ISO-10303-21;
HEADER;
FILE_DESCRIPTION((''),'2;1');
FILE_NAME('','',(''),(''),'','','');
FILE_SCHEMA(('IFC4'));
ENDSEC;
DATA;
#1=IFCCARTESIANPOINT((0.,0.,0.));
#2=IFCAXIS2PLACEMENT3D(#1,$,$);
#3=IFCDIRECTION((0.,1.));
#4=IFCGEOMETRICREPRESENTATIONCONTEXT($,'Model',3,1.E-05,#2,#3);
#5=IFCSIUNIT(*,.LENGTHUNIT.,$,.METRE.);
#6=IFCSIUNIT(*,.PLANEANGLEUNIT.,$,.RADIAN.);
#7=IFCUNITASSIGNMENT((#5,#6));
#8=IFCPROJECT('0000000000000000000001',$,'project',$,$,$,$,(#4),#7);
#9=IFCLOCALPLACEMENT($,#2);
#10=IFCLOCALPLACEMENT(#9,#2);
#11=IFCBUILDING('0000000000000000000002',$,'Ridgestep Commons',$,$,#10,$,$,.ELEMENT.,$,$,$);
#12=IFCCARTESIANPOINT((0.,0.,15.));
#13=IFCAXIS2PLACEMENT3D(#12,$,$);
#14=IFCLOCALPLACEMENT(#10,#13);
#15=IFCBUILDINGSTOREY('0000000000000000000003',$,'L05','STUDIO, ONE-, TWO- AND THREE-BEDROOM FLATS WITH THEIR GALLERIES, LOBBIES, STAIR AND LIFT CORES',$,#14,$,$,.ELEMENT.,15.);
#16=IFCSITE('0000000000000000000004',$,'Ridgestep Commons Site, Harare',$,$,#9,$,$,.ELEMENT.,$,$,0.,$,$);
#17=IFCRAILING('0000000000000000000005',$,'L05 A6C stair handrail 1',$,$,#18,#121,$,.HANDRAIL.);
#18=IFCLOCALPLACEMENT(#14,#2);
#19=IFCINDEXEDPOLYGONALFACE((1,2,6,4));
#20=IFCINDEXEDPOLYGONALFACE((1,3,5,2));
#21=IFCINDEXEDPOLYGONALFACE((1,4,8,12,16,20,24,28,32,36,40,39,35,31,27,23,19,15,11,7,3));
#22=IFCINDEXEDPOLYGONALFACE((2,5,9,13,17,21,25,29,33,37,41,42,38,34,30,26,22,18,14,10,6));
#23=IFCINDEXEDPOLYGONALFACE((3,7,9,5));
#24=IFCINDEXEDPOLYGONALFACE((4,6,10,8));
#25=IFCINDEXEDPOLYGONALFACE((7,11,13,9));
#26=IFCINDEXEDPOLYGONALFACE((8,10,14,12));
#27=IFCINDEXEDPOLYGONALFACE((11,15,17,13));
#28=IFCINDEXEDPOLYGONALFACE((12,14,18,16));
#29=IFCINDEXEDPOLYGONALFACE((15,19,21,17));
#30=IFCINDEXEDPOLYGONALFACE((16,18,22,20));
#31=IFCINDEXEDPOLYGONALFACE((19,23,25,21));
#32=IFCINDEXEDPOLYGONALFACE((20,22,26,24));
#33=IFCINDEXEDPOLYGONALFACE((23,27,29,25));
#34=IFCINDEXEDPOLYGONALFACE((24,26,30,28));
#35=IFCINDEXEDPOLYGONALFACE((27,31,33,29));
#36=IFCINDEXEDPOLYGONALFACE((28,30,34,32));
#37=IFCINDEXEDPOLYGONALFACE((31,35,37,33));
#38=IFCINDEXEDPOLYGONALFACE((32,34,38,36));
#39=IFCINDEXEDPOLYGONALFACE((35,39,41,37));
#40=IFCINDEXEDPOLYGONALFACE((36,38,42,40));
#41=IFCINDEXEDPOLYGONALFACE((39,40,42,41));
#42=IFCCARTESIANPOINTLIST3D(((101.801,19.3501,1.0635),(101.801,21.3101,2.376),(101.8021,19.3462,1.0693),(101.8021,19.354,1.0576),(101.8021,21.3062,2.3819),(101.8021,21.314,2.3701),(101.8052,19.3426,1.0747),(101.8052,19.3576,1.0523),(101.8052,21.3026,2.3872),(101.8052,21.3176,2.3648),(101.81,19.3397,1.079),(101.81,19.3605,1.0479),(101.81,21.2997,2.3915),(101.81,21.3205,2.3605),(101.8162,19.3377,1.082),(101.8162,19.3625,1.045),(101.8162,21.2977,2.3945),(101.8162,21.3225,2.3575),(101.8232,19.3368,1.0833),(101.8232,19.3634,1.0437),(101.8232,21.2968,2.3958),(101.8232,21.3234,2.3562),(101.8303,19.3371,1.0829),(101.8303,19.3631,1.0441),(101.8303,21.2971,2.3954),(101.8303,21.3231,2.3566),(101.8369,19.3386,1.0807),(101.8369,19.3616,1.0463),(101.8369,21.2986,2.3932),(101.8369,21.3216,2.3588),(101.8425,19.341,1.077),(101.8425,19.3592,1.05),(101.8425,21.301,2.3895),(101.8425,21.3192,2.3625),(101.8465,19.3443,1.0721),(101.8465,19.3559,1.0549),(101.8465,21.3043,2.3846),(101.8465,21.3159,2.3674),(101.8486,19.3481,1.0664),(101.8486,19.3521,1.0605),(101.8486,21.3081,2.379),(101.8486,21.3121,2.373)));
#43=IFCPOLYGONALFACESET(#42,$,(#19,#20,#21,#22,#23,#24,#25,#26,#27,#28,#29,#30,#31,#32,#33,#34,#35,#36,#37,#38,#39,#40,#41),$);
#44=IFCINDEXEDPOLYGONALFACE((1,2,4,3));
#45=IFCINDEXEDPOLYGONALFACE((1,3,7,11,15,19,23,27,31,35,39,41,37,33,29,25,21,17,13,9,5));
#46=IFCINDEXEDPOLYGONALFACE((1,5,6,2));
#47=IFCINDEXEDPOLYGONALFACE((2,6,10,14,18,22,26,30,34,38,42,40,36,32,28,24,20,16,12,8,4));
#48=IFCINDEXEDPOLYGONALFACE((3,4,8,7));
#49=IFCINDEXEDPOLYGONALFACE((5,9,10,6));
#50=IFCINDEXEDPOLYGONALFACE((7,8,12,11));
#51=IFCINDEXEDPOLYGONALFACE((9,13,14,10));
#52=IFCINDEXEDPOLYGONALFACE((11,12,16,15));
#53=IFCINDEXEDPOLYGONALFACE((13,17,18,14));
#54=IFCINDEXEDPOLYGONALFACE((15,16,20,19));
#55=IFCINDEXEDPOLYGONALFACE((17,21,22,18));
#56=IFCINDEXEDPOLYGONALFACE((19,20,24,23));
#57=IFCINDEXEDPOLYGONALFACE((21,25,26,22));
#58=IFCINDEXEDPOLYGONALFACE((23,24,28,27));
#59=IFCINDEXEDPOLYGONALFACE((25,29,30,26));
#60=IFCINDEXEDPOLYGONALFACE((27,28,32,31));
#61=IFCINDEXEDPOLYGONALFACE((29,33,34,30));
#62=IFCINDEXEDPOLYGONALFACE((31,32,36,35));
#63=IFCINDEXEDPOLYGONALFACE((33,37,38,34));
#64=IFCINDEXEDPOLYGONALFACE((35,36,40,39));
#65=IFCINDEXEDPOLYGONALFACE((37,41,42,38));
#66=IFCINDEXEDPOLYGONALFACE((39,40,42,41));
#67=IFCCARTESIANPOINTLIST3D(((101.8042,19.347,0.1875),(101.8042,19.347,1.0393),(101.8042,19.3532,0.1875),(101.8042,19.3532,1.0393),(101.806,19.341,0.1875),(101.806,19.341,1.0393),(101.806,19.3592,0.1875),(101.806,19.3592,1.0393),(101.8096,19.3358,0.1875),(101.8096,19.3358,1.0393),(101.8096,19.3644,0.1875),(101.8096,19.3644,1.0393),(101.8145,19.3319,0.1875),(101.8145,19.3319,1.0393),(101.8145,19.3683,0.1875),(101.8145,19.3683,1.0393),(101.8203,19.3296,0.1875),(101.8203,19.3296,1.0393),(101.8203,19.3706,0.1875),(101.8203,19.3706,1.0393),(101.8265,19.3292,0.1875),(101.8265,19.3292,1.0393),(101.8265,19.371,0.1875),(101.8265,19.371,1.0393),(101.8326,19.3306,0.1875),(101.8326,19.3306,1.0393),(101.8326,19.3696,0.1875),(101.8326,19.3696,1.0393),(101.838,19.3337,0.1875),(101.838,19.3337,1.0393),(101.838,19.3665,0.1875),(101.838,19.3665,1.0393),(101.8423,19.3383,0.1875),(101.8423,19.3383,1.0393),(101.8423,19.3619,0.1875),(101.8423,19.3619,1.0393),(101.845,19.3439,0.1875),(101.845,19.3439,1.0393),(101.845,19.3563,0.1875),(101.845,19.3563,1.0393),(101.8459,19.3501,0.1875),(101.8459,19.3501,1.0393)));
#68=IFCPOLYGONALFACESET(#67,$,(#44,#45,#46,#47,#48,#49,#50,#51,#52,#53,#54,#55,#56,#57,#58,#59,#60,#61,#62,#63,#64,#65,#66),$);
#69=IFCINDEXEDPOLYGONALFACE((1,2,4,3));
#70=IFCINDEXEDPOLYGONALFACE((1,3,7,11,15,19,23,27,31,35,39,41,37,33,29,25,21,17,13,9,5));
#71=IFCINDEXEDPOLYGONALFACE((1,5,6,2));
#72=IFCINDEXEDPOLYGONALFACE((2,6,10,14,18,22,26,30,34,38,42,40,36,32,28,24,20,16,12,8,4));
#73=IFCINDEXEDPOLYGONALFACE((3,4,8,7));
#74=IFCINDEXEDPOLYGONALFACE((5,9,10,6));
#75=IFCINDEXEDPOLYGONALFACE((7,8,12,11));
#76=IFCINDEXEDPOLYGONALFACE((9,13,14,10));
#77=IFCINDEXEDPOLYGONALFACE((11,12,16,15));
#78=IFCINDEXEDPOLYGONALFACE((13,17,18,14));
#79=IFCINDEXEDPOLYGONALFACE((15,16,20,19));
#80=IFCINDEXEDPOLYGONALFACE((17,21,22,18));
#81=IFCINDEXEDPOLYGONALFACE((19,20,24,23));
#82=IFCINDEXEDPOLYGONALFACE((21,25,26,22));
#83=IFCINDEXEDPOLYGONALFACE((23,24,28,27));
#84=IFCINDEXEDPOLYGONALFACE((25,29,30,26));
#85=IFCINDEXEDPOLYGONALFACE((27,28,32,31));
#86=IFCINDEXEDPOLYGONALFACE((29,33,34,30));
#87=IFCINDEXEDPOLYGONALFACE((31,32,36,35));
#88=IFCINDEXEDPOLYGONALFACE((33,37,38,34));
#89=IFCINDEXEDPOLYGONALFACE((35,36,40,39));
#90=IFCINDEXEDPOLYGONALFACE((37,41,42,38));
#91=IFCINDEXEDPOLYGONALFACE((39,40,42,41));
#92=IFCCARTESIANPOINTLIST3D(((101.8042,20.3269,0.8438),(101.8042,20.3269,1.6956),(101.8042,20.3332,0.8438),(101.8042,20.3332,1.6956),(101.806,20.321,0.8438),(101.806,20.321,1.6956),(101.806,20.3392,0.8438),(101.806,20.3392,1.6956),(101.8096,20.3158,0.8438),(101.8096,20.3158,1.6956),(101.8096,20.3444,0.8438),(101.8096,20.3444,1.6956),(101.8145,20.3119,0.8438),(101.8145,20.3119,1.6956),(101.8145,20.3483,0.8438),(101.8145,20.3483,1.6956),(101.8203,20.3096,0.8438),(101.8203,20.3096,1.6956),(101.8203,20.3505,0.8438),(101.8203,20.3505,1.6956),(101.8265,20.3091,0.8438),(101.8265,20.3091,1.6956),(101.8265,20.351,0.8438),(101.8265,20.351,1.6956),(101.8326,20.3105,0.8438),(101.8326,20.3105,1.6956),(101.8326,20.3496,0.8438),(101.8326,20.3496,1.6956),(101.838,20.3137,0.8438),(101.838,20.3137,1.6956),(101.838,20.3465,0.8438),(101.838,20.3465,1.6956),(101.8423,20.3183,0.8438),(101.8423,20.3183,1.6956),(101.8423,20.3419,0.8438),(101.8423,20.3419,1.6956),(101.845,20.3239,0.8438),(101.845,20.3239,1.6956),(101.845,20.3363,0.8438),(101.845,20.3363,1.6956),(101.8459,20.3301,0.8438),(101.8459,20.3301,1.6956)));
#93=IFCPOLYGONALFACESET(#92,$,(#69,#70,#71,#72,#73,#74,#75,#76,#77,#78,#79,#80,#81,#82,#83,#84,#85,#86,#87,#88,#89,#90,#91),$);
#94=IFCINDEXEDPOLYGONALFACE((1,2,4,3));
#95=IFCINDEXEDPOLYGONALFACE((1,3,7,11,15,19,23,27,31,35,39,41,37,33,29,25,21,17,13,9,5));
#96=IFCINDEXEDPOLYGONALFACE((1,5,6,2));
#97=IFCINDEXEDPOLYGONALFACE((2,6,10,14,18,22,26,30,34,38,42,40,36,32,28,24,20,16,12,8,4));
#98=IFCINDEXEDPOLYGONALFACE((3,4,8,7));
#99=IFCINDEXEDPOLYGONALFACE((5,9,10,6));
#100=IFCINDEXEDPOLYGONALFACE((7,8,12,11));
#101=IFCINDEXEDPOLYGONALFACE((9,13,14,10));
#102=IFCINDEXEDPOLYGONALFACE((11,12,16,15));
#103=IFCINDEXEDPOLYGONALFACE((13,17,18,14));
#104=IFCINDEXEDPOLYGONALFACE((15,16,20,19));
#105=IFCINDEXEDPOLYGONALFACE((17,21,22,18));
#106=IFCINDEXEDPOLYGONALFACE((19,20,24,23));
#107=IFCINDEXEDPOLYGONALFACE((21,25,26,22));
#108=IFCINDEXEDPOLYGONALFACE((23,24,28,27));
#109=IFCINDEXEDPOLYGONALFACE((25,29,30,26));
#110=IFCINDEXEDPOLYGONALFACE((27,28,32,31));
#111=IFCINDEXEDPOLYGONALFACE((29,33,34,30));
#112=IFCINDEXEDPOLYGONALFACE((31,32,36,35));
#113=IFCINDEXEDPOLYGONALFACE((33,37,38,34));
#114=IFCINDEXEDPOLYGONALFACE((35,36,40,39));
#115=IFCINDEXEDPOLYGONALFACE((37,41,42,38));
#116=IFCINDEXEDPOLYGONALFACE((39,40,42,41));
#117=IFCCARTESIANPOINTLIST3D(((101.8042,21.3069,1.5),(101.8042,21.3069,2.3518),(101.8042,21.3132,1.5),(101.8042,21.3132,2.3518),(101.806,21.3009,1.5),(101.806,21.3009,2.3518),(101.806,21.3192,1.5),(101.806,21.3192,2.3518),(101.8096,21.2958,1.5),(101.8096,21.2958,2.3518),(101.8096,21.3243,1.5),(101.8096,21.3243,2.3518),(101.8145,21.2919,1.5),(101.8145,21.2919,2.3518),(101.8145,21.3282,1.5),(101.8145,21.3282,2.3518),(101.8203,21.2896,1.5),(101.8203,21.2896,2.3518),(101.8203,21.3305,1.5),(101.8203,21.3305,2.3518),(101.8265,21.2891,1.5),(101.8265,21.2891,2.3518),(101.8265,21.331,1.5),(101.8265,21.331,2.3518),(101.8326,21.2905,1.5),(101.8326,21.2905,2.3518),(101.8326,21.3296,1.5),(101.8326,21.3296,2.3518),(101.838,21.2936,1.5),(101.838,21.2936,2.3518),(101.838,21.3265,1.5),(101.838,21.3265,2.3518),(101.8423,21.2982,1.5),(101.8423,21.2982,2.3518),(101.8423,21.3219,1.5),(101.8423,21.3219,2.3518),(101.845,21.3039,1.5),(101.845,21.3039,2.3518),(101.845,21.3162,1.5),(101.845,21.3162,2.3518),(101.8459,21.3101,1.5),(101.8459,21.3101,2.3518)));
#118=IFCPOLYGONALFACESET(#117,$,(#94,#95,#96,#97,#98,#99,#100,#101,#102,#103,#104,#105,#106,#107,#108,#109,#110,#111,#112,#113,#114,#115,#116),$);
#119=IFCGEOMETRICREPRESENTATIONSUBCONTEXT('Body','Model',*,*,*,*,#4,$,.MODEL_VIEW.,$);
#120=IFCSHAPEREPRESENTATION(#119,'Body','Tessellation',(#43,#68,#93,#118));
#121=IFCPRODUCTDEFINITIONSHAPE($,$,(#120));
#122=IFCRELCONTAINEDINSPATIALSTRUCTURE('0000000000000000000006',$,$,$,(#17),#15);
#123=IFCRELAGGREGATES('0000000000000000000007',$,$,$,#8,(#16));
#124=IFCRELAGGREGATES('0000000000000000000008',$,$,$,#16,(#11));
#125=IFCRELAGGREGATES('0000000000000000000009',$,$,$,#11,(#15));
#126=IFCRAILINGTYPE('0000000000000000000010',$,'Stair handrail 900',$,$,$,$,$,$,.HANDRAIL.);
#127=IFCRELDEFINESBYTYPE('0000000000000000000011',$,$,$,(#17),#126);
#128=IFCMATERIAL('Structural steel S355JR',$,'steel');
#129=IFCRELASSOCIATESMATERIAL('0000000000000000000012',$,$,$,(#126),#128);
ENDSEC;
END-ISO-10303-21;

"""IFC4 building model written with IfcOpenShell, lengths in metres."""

from ifc_helpers import new_model, si_unit, direction, frame, origin, origin_2d, place, context, subcontext, project, spatial, circle, extrude, material, type_object, element, save


model = new_model("IFC4")

# Units and contexts
model_context = context("Model", 3, precision=1e-05, world=origin(), true_north=direction((0.0, 1.0)))
body_context = subcontext(model_context, "Body", "Model", "MODEL_VIEW")
ifc_project = project(units=[si_unit("LENGTHUNIT", "METRE"), si_unit("PLANEANGLEUNIT", "RADIAN")], contexts=[model_context])

# Site, building, storey
site_placement = place(None, origin())
site = spatial("IfcSite", under=ifc_project, at=site_placement, Name="Ridgestep Commons Site, Harare", CompositionType="ELEMENT", RefElevation=0.0)
building_placement = place(site_placement, origin())
building = spatial("IfcBuilding", under=site, at=building_placement, Name="Ridgestep Commons", CompositionType="ELEMENT")
storey_placement = place(building_placement, frame((0.0, 0.0, 15.0)))
storey = spatial("IfcBuildingStorey", under=building, at=storey_placement, Name="L05", Description="STUDIO, ONE-, TWO- AND THREE-BEDROOM FLATS WITH THEIR GALLERIES, LOBBIES, STAIR AND LIFT CORES", CompositionType="ELEMENT", Elevation=15.0)

# Railing
ifc_material_1 = material(Name="Structural steel S355JR", Category="steel")
railing_type_1 = type_object("IfcRailingType", Name="Stair handrail 900", PredefinedType="HANDRAIL", material=ifc_material_1)
railing_1_placement = place(storey_placement, frame((101.825, 19.3501, 0.1875)))
element("IfcRailing", 1, at=railing_1_placement, inside=storey, type_object=railing_type_1, Name="L05 A6C stair handrail 1", PredefinedType="HANDRAIL", context=body_context, shape_type="SweptSolid", body=[
    extrude(circle(Radius=0.0239, at=origin_2d()), frame((0.0, 0.0, 0.876), z_axis=(0.0, 0.830902, 0.556419), x_axis=(-1.0, 0.0, 0.0)), (0.0, 0.0, 1.0), 2.3589),
    extrude(circle(Radius=0.021, at=origin_2d()), origin(), (0.0, 0.0, 1.0), 0.8518),
    extrude(circle(Radius=0.021, at=origin_2d()), frame((0.0, 0.98, 0.6562)), (0.0, 0.0, 1.0), 0.8518),
    extrude(circle(Radius=0.021, at=origin_2d()), frame((0.0, 1.96, 1.3125)), (0.0, 0.0, 1.0), 0.8518),
])

save(model, "model.ifc")
